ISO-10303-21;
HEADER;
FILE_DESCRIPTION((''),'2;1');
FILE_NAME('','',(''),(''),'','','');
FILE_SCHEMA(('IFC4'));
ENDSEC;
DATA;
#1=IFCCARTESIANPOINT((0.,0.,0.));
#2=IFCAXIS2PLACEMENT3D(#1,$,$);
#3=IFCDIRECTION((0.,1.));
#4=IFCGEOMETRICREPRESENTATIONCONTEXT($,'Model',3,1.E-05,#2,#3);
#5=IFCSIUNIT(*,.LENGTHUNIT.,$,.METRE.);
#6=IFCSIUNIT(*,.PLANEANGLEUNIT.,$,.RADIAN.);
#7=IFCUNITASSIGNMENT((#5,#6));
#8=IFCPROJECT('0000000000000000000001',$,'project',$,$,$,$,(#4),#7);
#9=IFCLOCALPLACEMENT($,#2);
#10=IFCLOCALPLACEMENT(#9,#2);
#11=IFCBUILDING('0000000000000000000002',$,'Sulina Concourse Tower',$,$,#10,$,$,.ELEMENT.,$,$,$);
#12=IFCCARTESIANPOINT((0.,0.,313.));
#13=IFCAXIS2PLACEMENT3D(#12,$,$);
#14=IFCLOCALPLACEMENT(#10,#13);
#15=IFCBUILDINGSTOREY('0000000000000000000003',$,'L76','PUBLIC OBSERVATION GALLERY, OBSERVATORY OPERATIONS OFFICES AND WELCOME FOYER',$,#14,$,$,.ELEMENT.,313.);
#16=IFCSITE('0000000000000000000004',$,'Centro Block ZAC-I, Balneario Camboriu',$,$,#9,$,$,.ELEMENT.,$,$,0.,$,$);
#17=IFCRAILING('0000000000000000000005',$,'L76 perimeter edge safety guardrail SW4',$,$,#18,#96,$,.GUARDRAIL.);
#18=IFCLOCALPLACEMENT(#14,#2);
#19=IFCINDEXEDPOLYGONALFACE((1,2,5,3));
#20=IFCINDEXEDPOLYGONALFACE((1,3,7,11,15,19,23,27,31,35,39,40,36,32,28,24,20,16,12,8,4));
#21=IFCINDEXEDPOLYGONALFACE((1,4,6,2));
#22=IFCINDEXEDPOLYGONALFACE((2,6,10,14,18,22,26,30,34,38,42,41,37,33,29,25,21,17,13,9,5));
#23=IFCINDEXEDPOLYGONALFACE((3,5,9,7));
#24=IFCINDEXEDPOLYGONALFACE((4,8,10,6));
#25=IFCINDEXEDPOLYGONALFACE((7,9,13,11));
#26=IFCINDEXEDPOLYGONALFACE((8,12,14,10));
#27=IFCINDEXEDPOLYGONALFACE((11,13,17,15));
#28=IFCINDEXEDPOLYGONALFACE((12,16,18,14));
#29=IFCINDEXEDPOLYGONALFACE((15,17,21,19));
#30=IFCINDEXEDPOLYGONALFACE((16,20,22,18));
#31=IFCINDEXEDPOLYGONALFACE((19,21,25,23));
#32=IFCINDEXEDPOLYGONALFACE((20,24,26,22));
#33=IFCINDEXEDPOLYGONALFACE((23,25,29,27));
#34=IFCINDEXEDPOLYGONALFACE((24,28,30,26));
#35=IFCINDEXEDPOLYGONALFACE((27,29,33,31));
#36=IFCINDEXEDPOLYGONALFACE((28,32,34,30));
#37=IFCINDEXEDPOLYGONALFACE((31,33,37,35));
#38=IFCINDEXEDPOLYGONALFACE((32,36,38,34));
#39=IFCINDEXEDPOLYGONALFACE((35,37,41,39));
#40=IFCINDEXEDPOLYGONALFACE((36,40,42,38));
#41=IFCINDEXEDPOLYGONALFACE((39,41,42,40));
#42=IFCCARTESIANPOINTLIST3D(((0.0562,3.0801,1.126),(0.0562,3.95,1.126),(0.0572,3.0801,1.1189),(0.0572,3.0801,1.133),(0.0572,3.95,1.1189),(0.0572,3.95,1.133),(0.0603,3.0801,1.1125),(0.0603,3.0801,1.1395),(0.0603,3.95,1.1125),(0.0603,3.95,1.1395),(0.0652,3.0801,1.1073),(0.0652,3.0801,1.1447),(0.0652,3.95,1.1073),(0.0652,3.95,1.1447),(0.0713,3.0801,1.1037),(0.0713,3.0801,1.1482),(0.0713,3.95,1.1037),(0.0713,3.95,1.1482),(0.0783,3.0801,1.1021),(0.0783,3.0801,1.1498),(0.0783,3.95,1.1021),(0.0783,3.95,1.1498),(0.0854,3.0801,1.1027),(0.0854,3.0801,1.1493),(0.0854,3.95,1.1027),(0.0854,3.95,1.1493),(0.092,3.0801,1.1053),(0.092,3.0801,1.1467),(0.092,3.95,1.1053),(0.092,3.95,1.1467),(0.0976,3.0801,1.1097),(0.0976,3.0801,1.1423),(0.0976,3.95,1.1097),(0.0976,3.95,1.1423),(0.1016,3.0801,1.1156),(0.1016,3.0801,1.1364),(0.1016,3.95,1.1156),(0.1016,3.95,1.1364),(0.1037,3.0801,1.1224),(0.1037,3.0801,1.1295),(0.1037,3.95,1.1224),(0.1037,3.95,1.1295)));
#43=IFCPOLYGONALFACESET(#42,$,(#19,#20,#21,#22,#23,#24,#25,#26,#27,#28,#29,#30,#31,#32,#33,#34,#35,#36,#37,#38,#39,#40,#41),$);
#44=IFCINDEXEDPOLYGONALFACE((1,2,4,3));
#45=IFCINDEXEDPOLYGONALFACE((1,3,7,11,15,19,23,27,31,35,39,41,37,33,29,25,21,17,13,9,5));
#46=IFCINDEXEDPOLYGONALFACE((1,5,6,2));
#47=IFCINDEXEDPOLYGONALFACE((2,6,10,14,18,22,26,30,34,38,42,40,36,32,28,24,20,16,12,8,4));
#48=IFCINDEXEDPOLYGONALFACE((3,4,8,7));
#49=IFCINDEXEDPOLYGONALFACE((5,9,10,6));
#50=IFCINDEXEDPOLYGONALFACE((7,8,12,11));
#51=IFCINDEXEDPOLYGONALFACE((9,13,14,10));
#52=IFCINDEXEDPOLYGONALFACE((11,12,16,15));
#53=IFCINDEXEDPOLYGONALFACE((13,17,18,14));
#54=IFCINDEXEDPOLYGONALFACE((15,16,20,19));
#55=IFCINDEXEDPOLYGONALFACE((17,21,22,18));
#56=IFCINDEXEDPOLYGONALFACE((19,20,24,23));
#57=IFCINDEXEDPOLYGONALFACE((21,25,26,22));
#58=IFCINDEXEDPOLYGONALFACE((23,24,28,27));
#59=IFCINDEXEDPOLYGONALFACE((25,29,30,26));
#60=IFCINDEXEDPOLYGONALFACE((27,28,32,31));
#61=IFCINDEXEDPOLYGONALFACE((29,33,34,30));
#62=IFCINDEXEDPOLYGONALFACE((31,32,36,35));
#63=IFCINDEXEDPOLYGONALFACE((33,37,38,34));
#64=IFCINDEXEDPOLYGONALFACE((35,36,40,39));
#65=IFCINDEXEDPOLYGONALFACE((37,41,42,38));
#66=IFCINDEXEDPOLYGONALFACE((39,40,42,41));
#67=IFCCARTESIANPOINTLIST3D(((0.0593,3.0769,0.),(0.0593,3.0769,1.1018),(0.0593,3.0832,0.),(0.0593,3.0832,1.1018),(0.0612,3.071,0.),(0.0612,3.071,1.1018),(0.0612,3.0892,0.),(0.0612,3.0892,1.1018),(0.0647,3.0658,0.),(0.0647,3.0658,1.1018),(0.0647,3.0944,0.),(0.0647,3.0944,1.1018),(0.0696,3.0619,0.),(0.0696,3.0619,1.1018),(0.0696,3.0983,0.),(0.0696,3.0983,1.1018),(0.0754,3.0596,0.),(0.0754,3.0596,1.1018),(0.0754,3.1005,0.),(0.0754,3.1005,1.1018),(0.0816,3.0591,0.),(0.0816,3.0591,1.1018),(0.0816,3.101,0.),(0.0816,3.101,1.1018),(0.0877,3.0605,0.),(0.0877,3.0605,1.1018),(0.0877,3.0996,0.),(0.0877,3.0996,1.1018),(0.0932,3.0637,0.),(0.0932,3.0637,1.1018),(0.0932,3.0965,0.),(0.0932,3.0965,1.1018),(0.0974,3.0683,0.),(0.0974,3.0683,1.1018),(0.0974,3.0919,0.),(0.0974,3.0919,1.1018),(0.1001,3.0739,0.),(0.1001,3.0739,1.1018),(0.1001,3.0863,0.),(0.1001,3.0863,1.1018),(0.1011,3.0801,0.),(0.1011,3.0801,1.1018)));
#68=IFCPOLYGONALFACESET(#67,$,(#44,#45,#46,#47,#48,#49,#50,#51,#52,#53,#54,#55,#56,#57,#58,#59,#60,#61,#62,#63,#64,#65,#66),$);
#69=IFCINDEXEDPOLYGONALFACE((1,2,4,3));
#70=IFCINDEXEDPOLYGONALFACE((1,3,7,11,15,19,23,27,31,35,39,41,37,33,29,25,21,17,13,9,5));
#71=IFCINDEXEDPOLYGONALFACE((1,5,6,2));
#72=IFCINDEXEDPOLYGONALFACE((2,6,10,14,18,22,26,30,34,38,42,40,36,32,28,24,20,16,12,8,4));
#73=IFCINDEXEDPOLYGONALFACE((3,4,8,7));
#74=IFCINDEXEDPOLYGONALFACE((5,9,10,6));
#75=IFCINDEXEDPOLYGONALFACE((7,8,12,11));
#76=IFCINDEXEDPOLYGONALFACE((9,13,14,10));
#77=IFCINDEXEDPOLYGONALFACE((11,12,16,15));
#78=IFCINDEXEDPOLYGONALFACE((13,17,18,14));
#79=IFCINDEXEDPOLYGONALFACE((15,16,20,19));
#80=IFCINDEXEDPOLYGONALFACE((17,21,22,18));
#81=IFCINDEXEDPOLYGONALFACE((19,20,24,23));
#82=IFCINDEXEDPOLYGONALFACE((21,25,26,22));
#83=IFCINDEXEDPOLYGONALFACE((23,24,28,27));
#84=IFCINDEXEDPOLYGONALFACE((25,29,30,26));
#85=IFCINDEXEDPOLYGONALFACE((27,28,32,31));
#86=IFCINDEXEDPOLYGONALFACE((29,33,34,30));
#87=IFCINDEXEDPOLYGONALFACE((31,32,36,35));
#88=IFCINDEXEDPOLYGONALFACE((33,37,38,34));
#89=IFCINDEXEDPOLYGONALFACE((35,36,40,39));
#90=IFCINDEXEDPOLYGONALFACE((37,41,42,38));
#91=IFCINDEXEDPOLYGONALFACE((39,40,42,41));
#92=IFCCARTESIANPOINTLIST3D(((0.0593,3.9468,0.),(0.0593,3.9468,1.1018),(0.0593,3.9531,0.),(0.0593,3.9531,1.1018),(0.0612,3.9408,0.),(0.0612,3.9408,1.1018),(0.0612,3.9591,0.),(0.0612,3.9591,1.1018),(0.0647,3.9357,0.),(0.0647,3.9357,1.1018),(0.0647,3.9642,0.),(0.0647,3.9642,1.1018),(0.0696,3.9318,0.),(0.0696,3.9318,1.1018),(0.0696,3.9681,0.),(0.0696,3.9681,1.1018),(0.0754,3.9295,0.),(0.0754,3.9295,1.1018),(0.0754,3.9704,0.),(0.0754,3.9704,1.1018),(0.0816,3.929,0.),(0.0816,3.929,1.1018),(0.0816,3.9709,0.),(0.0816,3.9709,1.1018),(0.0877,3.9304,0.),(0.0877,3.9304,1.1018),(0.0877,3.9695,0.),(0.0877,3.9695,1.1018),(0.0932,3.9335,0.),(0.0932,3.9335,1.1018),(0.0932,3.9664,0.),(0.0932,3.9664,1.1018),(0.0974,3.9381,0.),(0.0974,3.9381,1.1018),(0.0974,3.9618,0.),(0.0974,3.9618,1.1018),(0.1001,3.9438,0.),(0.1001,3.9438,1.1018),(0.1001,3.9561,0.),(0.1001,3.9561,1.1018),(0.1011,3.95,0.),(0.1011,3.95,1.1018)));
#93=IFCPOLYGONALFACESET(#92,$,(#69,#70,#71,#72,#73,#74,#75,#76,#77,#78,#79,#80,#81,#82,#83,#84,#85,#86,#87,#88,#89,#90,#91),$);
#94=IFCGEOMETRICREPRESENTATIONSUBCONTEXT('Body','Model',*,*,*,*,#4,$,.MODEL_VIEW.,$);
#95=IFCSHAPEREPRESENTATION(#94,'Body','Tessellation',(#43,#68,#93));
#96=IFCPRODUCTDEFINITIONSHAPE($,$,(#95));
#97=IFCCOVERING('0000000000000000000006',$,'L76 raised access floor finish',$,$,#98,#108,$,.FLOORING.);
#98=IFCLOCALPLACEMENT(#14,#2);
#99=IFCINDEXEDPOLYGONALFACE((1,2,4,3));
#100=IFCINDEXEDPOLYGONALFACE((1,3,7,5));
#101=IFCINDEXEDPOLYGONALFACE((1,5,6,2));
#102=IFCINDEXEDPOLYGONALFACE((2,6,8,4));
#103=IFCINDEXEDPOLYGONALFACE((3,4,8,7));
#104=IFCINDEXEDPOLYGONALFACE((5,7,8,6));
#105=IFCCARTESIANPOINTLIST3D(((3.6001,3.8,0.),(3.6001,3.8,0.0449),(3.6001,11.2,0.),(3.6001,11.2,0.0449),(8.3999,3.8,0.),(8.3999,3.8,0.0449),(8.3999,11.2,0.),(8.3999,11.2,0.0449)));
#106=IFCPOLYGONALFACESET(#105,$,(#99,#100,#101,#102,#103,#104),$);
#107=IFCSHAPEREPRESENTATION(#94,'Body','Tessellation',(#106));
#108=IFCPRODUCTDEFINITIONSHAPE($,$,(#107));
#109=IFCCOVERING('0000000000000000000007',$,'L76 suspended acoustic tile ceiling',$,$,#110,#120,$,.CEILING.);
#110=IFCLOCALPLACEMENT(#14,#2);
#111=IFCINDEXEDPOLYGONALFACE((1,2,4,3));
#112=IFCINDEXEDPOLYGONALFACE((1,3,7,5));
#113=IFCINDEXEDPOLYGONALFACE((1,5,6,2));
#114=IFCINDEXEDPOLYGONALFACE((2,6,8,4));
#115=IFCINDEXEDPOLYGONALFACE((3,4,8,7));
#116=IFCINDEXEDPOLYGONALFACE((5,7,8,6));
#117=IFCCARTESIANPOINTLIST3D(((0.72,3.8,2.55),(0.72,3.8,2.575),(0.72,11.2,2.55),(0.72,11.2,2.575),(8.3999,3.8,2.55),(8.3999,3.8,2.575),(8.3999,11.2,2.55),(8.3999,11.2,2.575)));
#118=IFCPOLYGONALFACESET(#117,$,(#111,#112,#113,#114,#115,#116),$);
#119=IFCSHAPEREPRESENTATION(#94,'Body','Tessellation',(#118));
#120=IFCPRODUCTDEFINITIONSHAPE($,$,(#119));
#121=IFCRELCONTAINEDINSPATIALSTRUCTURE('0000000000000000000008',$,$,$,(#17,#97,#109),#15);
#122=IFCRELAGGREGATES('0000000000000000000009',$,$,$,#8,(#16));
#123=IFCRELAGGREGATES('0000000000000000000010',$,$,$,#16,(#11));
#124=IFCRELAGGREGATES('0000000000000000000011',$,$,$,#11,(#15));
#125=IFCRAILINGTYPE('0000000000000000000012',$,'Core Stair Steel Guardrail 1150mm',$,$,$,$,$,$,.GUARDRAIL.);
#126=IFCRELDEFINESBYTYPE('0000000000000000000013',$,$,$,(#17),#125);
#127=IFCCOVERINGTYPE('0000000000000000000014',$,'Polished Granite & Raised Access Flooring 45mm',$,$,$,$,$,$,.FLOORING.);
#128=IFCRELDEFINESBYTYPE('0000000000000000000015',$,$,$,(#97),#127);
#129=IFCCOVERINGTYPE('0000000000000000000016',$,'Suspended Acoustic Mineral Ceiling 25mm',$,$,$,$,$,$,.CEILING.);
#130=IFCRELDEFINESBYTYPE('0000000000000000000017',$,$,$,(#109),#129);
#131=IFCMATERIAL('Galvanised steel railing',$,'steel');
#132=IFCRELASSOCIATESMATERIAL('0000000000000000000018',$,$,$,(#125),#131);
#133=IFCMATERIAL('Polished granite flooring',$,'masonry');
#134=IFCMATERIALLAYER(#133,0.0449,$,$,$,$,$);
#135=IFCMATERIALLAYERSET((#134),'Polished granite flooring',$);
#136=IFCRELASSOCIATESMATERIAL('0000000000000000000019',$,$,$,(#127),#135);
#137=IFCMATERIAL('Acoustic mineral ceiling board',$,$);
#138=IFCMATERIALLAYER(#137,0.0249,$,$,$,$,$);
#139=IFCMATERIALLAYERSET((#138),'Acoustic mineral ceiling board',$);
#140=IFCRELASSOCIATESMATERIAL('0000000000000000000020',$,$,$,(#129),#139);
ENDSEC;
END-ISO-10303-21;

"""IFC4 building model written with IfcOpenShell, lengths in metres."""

from ifc_helpers import new_model, si_unit, direction, frame, origin, origin_2d, place, context, subcontext, project, spatial, polyline, circle, outline, extrude, material, layer, layer_set, type_object, element, save


model = new_model("IFC4")

# Units and contexts
model_context = context("Model", 3, precision=1e-05, world=origin(), true_north=direction((0.0, 1.0)))
body_context = subcontext(model_context, "Body", "Model", "MODEL_VIEW")
ifc_project = project(units=[si_unit("LENGTHUNIT", "METRE"), si_unit("PLANEANGLEUNIT", "RADIAN")], contexts=[model_context])

# Site, building, storey
site_placement = place(None, origin())
site = spatial("IfcSite", under=ifc_project, at=site_placement, Name="Centro Block ZAC-I, Balneario Camboriu", CompositionType="ELEMENT", RefElevation=0.0)
building_placement = place(site_placement, origin())
building = spatial("IfcBuilding", under=site, at=building_placement, Name="Sulina Concourse Tower", CompositionType="ELEMENT")
storey_placement = place(building_placement, frame((0.0, 0.0, 313.0)))
storey = spatial("IfcBuildingStorey", under=building, at=storey_placement, Name="L76", Description="PUBLIC OBSERVATION GALLERY, OBSERVATORY OPERATIONS OFFICES AND WELCOME FOYER", CompositionType="ELEMENT", Elevation=313.0)

# Railing
ifc_material_1 = material(Name="Galvanised steel railing", Category="steel")
railing_type = type_object("IfcRailingType", Name="Core Stair Steel Guardrail 1150mm", PredefinedType="GUARDRAIL", material=ifc_material_1)
railing_1_placement = place(storey_placement, frame((0.0801, 3.0801, 0.0)))
element("IfcRailing", 1, at=railing_1_placement, inside=storey, type_object=railing_type, Name="L76 perimeter edge safety guardrail SW4", PredefinedType="GUARDRAIL", context=body_context, shape_type="SweptSolid", body=[
    extrude(circle(Radius=0.0239, at=origin_2d()), frame((0.0, 0.0, 1.126), z_axis=(0.0, 1.0, 0.0), x_axis=(-1.0, 0.0, 0.0)), (0.0, 0.0, 1.0), 0.8699),
    extrude(circle(Radius=0.021, at=origin_2d()), origin(), (0.0, 0.0, 1.0), 1.1018),
    extrude(circle(Radius=0.021, at=origin_2d()), frame((0.0, 0.8699, 0.0)), (0.0, 0.0, 1.0), 1.1018),
])

# Coverings
ifc_material_2 = material(Name="Polished granite flooring", Category="masonry")
ifc_layer_1 = layer(ifc_material_2, 0.0449)
ifc_layer_set_1 = layer_set([ifc_layer_1], Name="Polished granite flooring")
covering_type_1 = type_object("IfcCoveringType", Name="Polished Granite & Raised Access Flooring 45mm", PredefinedType="FLOORING", material=ifc_layer_set_1)
covering_1_placement = place(storey_placement, origin())
element("IfcCovering", 2, at=covering_1_placement, inside=storey, type_object=covering_type_1, Name="L76 raised access floor finish", PredefinedType="FLOORING", context=body_context, shape_type="SweptSolid", body=[
    extrude(outline(polyline([(3.6001, 3.8), (8.3999, 3.8), (8.3999, 11.2), (3.6001, 11.2), (3.6001, 3.8)])), origin(), (0.0, 0.0, 1.0), 0.0449),
])
ifc_material_3 = material(Name="Acoustic mineral ceiling board")
ifc_layer_2 = layer(ifc_material_3, 0.0249)
ifc_layer_set_2 = layer_set([ifc_layer_2], Name="Acoustic mineral ceiling board")
covering_type_2 = type_object("IfcCoveringType", Name="Suspended Acoustic Mineral Ceiling 25mm", PredefinedType="CEILING", material=ifc_layer_set_2)
covering_2_placement = place(storey_placement, frame((0.0, 0.0, 2.55)))
element("IfcCovering", 3, at=covering_2_placement, inside=storey, type_object=covering_type_2, Name="L76 suspended acoustic tile ceiling", PredefinedType="CEILING", context=body_context, shape_type="SweptSolid", body=[
    extrude(outline(polyline([(0.72, 3.8), (8.3999, 3.8), (8.3999, 11.2), (0.72, 11.2), (0.72, 3.8)])), origin(), (0.0, 0.0, 1.0), 0.0249),
])

save(model, "model.ifc")
